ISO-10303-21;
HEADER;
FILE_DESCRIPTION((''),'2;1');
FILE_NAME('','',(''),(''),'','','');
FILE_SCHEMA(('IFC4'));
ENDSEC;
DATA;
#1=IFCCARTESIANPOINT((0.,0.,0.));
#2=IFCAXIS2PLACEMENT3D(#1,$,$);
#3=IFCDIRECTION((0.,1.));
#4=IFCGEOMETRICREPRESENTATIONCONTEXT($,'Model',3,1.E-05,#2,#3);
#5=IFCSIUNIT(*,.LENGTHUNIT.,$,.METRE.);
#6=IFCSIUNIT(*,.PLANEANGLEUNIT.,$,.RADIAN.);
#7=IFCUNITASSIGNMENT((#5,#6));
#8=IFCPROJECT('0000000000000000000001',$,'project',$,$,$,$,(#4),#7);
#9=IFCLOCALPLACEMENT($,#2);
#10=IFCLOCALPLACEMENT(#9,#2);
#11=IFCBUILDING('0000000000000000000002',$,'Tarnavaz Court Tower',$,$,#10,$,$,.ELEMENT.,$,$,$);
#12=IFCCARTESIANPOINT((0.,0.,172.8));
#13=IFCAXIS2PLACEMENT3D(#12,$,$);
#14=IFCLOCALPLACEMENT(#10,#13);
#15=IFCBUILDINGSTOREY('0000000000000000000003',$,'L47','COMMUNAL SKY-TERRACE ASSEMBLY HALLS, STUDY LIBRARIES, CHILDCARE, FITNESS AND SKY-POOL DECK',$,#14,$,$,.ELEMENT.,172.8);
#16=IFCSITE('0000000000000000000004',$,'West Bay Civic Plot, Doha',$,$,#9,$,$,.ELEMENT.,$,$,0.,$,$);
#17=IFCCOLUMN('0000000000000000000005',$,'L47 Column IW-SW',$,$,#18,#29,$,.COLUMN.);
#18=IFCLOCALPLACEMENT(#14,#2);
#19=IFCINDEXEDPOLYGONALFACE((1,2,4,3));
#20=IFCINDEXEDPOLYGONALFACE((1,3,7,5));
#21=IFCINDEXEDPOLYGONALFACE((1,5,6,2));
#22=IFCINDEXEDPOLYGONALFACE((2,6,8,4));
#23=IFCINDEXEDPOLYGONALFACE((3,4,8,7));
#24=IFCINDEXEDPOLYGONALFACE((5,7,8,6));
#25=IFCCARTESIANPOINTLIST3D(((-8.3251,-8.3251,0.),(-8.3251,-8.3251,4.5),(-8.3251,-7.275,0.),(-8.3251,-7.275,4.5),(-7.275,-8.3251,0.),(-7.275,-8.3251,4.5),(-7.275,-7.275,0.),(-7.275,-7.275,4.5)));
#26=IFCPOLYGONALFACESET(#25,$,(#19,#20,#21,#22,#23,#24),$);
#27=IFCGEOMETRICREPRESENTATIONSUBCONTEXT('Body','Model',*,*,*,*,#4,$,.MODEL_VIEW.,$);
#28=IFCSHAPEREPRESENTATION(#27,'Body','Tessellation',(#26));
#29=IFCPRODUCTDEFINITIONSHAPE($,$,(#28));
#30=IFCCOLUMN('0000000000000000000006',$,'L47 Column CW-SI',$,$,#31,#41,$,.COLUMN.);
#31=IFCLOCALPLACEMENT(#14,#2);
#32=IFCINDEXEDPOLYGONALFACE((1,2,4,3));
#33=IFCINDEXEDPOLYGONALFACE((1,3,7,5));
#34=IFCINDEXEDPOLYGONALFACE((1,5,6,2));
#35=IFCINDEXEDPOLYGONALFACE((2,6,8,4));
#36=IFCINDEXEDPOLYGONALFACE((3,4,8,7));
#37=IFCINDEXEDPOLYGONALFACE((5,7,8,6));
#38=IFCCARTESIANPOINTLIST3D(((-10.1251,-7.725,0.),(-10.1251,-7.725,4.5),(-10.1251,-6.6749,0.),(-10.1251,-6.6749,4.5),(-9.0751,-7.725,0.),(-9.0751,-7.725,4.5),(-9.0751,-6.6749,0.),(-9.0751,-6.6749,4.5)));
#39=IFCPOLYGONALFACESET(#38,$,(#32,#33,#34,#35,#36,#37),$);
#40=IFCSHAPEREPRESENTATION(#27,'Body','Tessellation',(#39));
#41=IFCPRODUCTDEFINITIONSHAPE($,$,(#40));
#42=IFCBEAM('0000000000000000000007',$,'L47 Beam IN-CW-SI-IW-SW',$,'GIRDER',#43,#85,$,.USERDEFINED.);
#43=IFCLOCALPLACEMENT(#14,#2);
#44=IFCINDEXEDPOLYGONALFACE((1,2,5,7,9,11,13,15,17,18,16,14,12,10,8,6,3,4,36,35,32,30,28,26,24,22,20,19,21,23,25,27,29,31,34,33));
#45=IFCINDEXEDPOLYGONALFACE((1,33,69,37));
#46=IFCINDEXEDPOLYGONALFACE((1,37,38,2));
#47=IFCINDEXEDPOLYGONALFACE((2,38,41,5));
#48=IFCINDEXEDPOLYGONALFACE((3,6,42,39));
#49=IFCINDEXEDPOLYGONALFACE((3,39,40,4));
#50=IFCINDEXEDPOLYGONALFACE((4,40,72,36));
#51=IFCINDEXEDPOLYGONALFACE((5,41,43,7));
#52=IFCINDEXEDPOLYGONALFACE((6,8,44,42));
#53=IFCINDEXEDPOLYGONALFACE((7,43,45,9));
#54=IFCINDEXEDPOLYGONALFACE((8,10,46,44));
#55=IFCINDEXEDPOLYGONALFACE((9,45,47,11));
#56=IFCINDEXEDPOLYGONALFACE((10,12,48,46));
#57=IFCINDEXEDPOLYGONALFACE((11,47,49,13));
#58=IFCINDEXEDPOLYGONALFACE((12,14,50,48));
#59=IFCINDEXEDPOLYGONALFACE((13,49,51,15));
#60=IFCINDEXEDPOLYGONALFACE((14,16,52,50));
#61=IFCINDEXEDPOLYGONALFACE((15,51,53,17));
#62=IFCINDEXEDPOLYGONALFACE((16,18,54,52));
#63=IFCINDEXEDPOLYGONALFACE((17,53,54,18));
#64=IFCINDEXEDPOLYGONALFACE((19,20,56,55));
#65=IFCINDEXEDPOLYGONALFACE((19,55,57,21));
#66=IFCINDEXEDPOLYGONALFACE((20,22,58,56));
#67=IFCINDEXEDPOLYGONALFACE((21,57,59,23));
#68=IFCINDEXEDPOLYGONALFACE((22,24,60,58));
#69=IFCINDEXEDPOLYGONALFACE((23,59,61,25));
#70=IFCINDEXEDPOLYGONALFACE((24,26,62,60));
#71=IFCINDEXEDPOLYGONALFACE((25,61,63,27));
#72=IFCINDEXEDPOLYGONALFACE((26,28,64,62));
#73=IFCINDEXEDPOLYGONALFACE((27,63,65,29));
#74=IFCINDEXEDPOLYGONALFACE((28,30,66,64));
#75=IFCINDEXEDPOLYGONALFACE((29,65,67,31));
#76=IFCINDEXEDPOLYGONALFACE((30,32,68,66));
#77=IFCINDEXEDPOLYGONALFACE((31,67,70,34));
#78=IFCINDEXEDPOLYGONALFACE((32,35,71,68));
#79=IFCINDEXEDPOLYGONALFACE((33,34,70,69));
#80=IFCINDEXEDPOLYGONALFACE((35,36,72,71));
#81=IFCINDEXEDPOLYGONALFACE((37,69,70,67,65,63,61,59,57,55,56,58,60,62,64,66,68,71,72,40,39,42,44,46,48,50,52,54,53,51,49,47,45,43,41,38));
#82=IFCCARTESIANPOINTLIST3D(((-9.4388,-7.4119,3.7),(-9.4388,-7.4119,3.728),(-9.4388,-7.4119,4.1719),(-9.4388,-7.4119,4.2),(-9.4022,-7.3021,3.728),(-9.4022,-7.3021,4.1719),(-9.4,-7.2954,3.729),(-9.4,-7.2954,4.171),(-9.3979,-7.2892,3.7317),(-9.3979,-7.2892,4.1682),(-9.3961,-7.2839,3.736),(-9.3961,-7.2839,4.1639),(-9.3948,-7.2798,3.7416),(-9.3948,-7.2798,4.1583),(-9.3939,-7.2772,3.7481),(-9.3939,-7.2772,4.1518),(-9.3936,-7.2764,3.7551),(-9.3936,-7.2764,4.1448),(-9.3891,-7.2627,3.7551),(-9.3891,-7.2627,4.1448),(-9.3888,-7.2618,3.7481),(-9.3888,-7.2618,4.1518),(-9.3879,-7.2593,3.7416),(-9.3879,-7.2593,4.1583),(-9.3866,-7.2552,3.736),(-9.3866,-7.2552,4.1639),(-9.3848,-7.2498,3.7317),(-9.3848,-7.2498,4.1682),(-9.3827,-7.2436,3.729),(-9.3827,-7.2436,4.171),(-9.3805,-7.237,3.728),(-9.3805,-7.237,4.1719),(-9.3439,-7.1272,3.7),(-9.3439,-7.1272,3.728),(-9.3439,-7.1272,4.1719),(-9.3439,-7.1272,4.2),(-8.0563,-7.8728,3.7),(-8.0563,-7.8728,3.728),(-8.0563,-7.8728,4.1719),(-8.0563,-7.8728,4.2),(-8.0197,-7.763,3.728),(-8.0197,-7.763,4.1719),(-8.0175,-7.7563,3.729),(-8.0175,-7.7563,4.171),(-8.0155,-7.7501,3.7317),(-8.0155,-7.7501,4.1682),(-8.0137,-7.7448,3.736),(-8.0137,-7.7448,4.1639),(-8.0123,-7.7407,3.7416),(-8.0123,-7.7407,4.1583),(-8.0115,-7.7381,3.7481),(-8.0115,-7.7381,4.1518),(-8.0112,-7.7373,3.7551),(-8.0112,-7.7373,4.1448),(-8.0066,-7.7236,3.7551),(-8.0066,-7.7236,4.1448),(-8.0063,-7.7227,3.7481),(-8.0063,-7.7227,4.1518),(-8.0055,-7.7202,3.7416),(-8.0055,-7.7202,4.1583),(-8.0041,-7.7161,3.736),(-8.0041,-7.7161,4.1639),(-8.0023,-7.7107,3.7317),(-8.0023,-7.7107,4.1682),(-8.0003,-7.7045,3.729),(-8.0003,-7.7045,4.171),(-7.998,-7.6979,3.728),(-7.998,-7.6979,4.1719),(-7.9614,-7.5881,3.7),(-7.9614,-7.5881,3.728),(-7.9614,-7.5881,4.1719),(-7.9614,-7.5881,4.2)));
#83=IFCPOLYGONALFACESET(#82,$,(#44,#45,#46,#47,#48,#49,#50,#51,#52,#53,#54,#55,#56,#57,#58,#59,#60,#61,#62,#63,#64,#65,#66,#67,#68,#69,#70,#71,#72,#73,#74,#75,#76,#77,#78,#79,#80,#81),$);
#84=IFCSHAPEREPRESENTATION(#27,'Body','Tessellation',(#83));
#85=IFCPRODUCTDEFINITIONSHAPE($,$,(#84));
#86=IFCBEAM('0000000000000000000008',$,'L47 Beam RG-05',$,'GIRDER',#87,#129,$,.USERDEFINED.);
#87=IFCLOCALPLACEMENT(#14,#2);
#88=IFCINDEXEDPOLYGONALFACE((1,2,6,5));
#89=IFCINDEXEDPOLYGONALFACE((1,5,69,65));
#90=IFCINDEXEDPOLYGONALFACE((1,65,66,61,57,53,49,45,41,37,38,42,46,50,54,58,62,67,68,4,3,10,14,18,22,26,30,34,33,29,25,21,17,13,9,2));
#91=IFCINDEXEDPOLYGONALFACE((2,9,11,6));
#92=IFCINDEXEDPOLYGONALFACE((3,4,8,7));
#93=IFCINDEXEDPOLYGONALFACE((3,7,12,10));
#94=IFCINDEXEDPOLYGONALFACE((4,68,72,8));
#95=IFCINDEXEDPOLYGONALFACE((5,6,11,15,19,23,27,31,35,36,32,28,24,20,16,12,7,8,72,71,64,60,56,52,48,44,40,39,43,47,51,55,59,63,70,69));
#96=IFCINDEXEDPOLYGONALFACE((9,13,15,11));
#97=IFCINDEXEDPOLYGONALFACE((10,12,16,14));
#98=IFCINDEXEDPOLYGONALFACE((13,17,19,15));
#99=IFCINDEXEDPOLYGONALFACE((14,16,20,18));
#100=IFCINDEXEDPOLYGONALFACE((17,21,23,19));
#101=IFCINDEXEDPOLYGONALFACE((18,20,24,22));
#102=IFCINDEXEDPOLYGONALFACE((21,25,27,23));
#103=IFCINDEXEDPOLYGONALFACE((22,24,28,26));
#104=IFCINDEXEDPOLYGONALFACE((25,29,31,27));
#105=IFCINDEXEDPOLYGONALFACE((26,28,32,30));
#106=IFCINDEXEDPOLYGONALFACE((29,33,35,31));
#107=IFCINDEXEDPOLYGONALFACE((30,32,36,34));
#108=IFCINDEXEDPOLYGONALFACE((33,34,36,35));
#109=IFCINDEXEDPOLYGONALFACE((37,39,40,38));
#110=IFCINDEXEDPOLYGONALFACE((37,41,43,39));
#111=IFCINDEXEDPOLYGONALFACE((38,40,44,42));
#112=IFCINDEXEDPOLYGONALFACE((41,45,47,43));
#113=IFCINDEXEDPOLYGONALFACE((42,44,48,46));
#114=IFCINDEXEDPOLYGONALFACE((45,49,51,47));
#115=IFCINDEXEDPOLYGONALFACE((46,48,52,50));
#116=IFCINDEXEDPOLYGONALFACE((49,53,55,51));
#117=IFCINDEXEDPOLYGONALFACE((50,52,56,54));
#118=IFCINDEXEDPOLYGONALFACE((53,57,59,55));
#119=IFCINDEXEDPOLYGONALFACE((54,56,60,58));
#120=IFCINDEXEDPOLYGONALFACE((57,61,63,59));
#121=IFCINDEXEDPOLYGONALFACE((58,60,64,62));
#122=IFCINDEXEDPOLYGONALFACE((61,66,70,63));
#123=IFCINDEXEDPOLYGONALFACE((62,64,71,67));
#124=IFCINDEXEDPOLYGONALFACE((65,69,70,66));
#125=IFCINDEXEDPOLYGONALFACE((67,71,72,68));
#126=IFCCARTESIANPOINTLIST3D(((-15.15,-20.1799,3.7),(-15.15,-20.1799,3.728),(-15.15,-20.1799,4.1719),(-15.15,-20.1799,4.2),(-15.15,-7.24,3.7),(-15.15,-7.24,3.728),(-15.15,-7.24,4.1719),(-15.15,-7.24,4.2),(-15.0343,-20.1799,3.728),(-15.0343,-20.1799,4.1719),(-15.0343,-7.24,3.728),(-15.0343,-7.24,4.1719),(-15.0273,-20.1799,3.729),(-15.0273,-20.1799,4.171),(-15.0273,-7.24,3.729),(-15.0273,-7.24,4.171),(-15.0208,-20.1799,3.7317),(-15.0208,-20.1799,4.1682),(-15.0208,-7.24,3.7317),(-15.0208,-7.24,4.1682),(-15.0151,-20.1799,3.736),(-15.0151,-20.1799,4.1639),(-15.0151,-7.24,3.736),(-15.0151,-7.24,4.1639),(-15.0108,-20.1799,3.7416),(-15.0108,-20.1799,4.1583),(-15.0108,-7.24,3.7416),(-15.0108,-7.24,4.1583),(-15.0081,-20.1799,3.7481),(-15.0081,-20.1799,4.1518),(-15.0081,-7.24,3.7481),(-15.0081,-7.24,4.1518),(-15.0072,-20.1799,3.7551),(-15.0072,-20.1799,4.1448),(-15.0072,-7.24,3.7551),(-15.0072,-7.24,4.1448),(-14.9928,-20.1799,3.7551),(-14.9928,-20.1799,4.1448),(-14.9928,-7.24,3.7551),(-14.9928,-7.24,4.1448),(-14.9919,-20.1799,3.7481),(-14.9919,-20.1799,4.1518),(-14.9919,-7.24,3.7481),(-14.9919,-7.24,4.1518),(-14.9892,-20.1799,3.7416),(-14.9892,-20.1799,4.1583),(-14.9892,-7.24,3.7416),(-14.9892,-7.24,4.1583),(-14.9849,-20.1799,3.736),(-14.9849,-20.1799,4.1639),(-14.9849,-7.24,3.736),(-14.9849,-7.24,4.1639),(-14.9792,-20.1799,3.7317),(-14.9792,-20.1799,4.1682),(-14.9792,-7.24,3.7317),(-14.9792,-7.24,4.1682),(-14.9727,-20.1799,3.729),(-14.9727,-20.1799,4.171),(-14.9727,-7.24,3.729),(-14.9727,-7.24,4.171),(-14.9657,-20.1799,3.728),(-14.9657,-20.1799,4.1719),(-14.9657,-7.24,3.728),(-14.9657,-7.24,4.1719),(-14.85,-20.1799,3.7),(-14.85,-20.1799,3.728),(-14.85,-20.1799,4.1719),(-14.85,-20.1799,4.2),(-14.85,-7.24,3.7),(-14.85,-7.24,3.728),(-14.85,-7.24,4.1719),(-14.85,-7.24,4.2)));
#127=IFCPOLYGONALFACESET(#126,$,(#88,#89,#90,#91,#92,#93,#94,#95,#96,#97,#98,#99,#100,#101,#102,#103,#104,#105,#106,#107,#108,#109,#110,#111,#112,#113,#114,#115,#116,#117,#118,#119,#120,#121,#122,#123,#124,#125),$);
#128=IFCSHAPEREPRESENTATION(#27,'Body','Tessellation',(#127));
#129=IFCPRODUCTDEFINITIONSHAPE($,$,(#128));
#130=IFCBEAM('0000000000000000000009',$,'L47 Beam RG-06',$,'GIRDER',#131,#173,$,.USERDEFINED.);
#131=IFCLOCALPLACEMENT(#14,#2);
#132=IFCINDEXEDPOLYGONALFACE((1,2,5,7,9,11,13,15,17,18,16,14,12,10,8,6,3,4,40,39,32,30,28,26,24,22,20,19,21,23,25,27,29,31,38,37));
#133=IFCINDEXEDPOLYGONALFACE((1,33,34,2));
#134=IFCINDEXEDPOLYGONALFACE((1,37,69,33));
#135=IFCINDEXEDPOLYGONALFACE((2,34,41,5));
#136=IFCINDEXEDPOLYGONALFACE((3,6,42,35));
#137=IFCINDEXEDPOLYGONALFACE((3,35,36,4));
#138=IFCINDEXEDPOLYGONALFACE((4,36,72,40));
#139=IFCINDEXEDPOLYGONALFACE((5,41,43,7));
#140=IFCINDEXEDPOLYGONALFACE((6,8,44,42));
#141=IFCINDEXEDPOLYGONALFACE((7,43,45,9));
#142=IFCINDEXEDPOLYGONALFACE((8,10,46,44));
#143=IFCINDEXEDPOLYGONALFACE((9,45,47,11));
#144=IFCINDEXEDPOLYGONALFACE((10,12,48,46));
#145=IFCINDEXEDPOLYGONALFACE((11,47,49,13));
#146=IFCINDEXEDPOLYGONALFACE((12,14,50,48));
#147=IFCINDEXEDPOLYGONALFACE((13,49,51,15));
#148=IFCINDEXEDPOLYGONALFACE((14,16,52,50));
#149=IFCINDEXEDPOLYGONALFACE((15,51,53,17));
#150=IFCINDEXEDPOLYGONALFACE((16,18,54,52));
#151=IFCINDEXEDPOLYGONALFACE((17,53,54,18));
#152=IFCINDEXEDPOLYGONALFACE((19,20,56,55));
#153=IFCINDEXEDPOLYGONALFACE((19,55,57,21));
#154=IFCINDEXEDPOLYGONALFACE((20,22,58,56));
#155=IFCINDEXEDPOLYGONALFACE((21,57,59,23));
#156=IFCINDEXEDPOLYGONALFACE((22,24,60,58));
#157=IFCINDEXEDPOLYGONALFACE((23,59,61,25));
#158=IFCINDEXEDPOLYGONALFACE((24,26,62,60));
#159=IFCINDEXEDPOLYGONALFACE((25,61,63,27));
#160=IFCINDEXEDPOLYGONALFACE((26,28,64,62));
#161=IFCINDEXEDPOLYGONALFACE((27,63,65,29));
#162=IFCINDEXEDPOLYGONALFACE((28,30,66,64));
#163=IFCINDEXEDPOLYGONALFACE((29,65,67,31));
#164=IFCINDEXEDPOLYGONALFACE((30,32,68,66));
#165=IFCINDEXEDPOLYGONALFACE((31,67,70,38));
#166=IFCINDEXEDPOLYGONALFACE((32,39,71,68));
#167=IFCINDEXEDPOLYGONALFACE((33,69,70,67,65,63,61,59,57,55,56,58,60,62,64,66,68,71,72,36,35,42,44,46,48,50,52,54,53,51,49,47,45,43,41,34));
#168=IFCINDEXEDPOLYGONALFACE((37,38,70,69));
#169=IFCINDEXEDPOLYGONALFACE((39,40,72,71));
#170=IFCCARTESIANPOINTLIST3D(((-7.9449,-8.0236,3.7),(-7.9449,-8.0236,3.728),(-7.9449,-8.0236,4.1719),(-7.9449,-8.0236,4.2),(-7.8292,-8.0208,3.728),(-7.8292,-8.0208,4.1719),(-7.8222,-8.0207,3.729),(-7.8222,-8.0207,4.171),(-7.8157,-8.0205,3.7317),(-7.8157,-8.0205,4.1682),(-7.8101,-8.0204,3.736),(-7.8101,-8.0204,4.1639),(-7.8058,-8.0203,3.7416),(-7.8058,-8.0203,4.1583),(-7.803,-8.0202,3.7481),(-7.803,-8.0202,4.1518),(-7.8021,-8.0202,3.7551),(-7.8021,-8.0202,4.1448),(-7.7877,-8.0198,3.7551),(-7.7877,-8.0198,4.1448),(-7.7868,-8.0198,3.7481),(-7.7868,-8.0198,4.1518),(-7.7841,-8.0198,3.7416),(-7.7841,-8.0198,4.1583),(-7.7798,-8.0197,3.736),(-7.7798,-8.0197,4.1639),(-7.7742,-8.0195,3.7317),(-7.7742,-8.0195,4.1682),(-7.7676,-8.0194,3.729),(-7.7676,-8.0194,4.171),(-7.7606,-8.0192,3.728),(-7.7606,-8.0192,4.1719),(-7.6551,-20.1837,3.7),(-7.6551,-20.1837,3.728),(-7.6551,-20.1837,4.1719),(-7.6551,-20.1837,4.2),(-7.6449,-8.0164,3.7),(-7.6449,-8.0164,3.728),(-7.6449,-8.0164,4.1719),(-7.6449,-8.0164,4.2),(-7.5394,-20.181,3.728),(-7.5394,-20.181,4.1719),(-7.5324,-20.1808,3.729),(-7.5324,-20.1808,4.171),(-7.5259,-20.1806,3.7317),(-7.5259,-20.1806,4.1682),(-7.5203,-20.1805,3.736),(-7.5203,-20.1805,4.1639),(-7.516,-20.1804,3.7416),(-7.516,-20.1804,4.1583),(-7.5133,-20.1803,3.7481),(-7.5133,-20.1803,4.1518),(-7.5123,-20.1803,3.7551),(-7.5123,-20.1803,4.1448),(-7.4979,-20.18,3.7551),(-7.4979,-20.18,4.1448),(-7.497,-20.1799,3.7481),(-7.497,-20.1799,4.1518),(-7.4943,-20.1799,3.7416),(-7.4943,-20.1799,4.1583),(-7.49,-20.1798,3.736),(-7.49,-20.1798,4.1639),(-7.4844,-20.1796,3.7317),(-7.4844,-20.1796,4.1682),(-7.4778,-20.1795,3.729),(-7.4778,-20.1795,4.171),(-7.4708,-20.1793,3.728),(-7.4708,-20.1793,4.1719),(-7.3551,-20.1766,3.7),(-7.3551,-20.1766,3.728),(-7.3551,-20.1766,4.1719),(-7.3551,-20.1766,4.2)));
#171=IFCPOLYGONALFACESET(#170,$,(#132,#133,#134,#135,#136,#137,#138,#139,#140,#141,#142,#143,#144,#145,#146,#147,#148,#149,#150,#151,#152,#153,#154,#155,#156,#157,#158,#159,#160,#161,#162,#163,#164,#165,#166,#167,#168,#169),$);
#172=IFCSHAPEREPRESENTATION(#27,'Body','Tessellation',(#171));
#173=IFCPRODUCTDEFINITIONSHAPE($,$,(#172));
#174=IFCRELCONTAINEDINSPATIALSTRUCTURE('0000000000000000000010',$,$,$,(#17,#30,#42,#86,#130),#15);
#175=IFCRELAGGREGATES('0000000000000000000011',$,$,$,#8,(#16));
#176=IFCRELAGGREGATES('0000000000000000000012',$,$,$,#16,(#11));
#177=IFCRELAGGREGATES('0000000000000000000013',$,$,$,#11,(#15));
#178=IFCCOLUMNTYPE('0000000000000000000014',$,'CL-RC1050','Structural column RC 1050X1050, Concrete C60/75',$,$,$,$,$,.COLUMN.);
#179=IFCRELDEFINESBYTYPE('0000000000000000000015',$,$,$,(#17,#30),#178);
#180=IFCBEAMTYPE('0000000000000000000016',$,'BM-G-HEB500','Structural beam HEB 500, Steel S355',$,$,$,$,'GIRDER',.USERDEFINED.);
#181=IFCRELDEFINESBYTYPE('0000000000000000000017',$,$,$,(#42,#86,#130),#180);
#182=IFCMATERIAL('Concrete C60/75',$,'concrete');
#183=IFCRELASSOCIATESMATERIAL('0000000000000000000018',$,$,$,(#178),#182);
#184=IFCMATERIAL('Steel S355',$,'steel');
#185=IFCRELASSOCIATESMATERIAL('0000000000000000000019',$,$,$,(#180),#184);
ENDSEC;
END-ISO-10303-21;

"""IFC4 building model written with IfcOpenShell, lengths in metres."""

from ifc_helpers import new_model, si_unit, direction, frame, origin, origin_2d, place, context, subcontext, project, spatial, rectangle, i_section, extrude, material, material_profile, profile_set, type_object, element, save


model = new_model("IFC4")

# Units and contexts
model_context = context("Model", 3, precision=1e-05, world=origin(), true_north=direction((0.0, 1.0)))
body_context = subcontext(model_context, "Body", "Model", "MODEL_VIEW")
ifc_project = project(units=[si_unit("LENGTHUNIT", "METRE"), si_unit("PLANEANGLEUNIT", "RADIAN")], contexts=[model_context])

# Site, building, storey
site_placement = place(None, origin())
site = spatial("IfcSite", under=ifc_project, at=site_placement, Name="West Bay Civic Plot, Doha", CompositionType="ELEMENT", RefElevation=0.0)
building_placement = place(site_placement, origin())
building = spatial("IfcBuilding", under=site, at=building_placement, Name="Tarnavaz Court Tower", CompositionType="ELEMENT")
storey_placement = place(building_placement, frame((0.0, 0.0, 172.8)))
storey = spatial("IfcBuildingStorey", under=building, at=storey_placement, Name="L47", Description="COMMUNAL SKY-TERRACE ASSEMBLY HALLS, STUDY LIBRARIES, CHILDCARE, FITNESS AND SKY-POOL DECK", CompositionType="ELEMENT", Elevation=172.8)

# Columns
ifc_material_1 = material(Name="Concrete C60/75", Category="concrete")
ifc_material_profile_1 = material_profile(ifc_material_1, rectangle(XDim=1.05, YDim=1.05, at=origin_2d()), Name="RC 1050X1050")
ifc_profile_set_1 = profile_set([ifc_material_profile_1], Name="Concrete C60/75")
column_type = type_object("IfcColumnType", Name="CL-RC1050", Description="Structural column RC 1050X1050, Concrete C60/75", PredefinedType="COLUMN", material=ifc_profile_set_1)
for number, where, z_axis, x_axis, name in (
    (1, (-7.8, -7.8, 0.0), (0.0, 0.0, 1.0), (1.0, 0.0, 0.0), "L47 Column IW-SW"),
    (2, (-9.6001, -7.2, 0.0), (0.0, 0.0, 1.0), (1.0, 0.0, 0.0), "L47 Column CW-SI"),
):
    element("IfcColumn", number, at=place(storey_placement, frame(where, z_axis=z_axis, x_axis=x_axis)), inside=storey, type_object=column_type, Name=name, PredefinedType="COLUMN", context=body_context, shape_type="SweptSolid", body=[
        extrude(rectangle(XDim=1.05, YDim=1.05, at=origin_2d()), origin(), (0.0, 0.0, 1.0), 4.5),
    ])

# Beams
ifc_material_2 = material(Name="Steel S355", Category="steel")
ifc_material_profile_2 = material_profile(ifc_material_2, i_section(OverallWidth=0.3, OverallDepth=0.5, WebThickness=0.0144, FlangeThickness=0.0281, FilletRadius=0.0271, at=origin_2d()), Name="HEB 500")
ifc_profile_set_2 = profile_set([ifc_material_profile_2], Name="Steel S355")
beam_type_1 = type_object("IfcBeamType", Name="BM-G-HEB500", Description="Structural beam HEB 500, Steel S355", ElementType="GIRDER", PredefinedType="USERDEFINED", material=ifc_profile_set_2)
beam_1_placement = place(storey_placement, frame((-9.3914, -7.2695, 3.95), z_axis=(0.948667, -0.316278, 0.0), x_axis=(0.316278, 0.948667, 0.0)))
element("IfcBeam", 3, at=beam_1_placement, inside=storey, type_object=beam_type_1, Name="L47 Beam IN-CW-SI-IW-SW", ObjectType="GIRDER", PredefinedType="USERDEFINED", context=body_context, shape_type="SweptSolid", body=[
    extrude(i_section(OverallWidth=0.3, OverallDepth=0.5, WebThickness=0.0144, FlangeThickness=0.0281, FilletRadius=0.0271, at=origin_2d()), origin(), (0.0, 0.0, 1.0), 1.4573),
])
beam_2_placement = place(storey_placement, frame((-15.0, -7.24, 3.95), z_axis=(0.0, -1.0, 0.0), x_axis=(1.0, 0.0, 0.0)))
element("IfcBeam", 4, at=beam_2_placement, inside=storey, type_object=beam_type_1, Name="L47 Beam RG-05", ObjectType="GIRDER", PredefinedType="USERDEFINED", context=body_context, shape_type="SweptSolid", body=[
    extrude(i_section(OverallWidth=0.3, OverallDepth=0.5, WebThickness=0.0144, FlangeThickness=0.0281, FilletRadius=0.0271, at=origin_2d()), origin(), (0.0, 0.0, 1.0), 12.9399),
])
beam_3_placement = place(storey_placement, frame((-7.7949, -8.02, 3.95), z_axis=(0.023825, -0.999716, 0.0), x_axis=(0.999716, 0.023825, 0.0)))
element("IfcBeam", 5, at=beam_3_placement, inside=storey, type_object=beam_type_1, Name="L47 Beam RG-06", ObjectType="GIRDER", PredefinedType="USERDEFINED", context=body_context, shape_type="SweptSolid", body=[
    extrude(i_section(OverallWidth=0.3, OverallDepth=0.5, WebThickness=0.0144, FlangeThickness=0.0281, FilletRadius=0.0271, at=origin_2d()), origin(), (0.0, 0.0, 1.0), 12.1636),
])

save(model, "model.ifc")
